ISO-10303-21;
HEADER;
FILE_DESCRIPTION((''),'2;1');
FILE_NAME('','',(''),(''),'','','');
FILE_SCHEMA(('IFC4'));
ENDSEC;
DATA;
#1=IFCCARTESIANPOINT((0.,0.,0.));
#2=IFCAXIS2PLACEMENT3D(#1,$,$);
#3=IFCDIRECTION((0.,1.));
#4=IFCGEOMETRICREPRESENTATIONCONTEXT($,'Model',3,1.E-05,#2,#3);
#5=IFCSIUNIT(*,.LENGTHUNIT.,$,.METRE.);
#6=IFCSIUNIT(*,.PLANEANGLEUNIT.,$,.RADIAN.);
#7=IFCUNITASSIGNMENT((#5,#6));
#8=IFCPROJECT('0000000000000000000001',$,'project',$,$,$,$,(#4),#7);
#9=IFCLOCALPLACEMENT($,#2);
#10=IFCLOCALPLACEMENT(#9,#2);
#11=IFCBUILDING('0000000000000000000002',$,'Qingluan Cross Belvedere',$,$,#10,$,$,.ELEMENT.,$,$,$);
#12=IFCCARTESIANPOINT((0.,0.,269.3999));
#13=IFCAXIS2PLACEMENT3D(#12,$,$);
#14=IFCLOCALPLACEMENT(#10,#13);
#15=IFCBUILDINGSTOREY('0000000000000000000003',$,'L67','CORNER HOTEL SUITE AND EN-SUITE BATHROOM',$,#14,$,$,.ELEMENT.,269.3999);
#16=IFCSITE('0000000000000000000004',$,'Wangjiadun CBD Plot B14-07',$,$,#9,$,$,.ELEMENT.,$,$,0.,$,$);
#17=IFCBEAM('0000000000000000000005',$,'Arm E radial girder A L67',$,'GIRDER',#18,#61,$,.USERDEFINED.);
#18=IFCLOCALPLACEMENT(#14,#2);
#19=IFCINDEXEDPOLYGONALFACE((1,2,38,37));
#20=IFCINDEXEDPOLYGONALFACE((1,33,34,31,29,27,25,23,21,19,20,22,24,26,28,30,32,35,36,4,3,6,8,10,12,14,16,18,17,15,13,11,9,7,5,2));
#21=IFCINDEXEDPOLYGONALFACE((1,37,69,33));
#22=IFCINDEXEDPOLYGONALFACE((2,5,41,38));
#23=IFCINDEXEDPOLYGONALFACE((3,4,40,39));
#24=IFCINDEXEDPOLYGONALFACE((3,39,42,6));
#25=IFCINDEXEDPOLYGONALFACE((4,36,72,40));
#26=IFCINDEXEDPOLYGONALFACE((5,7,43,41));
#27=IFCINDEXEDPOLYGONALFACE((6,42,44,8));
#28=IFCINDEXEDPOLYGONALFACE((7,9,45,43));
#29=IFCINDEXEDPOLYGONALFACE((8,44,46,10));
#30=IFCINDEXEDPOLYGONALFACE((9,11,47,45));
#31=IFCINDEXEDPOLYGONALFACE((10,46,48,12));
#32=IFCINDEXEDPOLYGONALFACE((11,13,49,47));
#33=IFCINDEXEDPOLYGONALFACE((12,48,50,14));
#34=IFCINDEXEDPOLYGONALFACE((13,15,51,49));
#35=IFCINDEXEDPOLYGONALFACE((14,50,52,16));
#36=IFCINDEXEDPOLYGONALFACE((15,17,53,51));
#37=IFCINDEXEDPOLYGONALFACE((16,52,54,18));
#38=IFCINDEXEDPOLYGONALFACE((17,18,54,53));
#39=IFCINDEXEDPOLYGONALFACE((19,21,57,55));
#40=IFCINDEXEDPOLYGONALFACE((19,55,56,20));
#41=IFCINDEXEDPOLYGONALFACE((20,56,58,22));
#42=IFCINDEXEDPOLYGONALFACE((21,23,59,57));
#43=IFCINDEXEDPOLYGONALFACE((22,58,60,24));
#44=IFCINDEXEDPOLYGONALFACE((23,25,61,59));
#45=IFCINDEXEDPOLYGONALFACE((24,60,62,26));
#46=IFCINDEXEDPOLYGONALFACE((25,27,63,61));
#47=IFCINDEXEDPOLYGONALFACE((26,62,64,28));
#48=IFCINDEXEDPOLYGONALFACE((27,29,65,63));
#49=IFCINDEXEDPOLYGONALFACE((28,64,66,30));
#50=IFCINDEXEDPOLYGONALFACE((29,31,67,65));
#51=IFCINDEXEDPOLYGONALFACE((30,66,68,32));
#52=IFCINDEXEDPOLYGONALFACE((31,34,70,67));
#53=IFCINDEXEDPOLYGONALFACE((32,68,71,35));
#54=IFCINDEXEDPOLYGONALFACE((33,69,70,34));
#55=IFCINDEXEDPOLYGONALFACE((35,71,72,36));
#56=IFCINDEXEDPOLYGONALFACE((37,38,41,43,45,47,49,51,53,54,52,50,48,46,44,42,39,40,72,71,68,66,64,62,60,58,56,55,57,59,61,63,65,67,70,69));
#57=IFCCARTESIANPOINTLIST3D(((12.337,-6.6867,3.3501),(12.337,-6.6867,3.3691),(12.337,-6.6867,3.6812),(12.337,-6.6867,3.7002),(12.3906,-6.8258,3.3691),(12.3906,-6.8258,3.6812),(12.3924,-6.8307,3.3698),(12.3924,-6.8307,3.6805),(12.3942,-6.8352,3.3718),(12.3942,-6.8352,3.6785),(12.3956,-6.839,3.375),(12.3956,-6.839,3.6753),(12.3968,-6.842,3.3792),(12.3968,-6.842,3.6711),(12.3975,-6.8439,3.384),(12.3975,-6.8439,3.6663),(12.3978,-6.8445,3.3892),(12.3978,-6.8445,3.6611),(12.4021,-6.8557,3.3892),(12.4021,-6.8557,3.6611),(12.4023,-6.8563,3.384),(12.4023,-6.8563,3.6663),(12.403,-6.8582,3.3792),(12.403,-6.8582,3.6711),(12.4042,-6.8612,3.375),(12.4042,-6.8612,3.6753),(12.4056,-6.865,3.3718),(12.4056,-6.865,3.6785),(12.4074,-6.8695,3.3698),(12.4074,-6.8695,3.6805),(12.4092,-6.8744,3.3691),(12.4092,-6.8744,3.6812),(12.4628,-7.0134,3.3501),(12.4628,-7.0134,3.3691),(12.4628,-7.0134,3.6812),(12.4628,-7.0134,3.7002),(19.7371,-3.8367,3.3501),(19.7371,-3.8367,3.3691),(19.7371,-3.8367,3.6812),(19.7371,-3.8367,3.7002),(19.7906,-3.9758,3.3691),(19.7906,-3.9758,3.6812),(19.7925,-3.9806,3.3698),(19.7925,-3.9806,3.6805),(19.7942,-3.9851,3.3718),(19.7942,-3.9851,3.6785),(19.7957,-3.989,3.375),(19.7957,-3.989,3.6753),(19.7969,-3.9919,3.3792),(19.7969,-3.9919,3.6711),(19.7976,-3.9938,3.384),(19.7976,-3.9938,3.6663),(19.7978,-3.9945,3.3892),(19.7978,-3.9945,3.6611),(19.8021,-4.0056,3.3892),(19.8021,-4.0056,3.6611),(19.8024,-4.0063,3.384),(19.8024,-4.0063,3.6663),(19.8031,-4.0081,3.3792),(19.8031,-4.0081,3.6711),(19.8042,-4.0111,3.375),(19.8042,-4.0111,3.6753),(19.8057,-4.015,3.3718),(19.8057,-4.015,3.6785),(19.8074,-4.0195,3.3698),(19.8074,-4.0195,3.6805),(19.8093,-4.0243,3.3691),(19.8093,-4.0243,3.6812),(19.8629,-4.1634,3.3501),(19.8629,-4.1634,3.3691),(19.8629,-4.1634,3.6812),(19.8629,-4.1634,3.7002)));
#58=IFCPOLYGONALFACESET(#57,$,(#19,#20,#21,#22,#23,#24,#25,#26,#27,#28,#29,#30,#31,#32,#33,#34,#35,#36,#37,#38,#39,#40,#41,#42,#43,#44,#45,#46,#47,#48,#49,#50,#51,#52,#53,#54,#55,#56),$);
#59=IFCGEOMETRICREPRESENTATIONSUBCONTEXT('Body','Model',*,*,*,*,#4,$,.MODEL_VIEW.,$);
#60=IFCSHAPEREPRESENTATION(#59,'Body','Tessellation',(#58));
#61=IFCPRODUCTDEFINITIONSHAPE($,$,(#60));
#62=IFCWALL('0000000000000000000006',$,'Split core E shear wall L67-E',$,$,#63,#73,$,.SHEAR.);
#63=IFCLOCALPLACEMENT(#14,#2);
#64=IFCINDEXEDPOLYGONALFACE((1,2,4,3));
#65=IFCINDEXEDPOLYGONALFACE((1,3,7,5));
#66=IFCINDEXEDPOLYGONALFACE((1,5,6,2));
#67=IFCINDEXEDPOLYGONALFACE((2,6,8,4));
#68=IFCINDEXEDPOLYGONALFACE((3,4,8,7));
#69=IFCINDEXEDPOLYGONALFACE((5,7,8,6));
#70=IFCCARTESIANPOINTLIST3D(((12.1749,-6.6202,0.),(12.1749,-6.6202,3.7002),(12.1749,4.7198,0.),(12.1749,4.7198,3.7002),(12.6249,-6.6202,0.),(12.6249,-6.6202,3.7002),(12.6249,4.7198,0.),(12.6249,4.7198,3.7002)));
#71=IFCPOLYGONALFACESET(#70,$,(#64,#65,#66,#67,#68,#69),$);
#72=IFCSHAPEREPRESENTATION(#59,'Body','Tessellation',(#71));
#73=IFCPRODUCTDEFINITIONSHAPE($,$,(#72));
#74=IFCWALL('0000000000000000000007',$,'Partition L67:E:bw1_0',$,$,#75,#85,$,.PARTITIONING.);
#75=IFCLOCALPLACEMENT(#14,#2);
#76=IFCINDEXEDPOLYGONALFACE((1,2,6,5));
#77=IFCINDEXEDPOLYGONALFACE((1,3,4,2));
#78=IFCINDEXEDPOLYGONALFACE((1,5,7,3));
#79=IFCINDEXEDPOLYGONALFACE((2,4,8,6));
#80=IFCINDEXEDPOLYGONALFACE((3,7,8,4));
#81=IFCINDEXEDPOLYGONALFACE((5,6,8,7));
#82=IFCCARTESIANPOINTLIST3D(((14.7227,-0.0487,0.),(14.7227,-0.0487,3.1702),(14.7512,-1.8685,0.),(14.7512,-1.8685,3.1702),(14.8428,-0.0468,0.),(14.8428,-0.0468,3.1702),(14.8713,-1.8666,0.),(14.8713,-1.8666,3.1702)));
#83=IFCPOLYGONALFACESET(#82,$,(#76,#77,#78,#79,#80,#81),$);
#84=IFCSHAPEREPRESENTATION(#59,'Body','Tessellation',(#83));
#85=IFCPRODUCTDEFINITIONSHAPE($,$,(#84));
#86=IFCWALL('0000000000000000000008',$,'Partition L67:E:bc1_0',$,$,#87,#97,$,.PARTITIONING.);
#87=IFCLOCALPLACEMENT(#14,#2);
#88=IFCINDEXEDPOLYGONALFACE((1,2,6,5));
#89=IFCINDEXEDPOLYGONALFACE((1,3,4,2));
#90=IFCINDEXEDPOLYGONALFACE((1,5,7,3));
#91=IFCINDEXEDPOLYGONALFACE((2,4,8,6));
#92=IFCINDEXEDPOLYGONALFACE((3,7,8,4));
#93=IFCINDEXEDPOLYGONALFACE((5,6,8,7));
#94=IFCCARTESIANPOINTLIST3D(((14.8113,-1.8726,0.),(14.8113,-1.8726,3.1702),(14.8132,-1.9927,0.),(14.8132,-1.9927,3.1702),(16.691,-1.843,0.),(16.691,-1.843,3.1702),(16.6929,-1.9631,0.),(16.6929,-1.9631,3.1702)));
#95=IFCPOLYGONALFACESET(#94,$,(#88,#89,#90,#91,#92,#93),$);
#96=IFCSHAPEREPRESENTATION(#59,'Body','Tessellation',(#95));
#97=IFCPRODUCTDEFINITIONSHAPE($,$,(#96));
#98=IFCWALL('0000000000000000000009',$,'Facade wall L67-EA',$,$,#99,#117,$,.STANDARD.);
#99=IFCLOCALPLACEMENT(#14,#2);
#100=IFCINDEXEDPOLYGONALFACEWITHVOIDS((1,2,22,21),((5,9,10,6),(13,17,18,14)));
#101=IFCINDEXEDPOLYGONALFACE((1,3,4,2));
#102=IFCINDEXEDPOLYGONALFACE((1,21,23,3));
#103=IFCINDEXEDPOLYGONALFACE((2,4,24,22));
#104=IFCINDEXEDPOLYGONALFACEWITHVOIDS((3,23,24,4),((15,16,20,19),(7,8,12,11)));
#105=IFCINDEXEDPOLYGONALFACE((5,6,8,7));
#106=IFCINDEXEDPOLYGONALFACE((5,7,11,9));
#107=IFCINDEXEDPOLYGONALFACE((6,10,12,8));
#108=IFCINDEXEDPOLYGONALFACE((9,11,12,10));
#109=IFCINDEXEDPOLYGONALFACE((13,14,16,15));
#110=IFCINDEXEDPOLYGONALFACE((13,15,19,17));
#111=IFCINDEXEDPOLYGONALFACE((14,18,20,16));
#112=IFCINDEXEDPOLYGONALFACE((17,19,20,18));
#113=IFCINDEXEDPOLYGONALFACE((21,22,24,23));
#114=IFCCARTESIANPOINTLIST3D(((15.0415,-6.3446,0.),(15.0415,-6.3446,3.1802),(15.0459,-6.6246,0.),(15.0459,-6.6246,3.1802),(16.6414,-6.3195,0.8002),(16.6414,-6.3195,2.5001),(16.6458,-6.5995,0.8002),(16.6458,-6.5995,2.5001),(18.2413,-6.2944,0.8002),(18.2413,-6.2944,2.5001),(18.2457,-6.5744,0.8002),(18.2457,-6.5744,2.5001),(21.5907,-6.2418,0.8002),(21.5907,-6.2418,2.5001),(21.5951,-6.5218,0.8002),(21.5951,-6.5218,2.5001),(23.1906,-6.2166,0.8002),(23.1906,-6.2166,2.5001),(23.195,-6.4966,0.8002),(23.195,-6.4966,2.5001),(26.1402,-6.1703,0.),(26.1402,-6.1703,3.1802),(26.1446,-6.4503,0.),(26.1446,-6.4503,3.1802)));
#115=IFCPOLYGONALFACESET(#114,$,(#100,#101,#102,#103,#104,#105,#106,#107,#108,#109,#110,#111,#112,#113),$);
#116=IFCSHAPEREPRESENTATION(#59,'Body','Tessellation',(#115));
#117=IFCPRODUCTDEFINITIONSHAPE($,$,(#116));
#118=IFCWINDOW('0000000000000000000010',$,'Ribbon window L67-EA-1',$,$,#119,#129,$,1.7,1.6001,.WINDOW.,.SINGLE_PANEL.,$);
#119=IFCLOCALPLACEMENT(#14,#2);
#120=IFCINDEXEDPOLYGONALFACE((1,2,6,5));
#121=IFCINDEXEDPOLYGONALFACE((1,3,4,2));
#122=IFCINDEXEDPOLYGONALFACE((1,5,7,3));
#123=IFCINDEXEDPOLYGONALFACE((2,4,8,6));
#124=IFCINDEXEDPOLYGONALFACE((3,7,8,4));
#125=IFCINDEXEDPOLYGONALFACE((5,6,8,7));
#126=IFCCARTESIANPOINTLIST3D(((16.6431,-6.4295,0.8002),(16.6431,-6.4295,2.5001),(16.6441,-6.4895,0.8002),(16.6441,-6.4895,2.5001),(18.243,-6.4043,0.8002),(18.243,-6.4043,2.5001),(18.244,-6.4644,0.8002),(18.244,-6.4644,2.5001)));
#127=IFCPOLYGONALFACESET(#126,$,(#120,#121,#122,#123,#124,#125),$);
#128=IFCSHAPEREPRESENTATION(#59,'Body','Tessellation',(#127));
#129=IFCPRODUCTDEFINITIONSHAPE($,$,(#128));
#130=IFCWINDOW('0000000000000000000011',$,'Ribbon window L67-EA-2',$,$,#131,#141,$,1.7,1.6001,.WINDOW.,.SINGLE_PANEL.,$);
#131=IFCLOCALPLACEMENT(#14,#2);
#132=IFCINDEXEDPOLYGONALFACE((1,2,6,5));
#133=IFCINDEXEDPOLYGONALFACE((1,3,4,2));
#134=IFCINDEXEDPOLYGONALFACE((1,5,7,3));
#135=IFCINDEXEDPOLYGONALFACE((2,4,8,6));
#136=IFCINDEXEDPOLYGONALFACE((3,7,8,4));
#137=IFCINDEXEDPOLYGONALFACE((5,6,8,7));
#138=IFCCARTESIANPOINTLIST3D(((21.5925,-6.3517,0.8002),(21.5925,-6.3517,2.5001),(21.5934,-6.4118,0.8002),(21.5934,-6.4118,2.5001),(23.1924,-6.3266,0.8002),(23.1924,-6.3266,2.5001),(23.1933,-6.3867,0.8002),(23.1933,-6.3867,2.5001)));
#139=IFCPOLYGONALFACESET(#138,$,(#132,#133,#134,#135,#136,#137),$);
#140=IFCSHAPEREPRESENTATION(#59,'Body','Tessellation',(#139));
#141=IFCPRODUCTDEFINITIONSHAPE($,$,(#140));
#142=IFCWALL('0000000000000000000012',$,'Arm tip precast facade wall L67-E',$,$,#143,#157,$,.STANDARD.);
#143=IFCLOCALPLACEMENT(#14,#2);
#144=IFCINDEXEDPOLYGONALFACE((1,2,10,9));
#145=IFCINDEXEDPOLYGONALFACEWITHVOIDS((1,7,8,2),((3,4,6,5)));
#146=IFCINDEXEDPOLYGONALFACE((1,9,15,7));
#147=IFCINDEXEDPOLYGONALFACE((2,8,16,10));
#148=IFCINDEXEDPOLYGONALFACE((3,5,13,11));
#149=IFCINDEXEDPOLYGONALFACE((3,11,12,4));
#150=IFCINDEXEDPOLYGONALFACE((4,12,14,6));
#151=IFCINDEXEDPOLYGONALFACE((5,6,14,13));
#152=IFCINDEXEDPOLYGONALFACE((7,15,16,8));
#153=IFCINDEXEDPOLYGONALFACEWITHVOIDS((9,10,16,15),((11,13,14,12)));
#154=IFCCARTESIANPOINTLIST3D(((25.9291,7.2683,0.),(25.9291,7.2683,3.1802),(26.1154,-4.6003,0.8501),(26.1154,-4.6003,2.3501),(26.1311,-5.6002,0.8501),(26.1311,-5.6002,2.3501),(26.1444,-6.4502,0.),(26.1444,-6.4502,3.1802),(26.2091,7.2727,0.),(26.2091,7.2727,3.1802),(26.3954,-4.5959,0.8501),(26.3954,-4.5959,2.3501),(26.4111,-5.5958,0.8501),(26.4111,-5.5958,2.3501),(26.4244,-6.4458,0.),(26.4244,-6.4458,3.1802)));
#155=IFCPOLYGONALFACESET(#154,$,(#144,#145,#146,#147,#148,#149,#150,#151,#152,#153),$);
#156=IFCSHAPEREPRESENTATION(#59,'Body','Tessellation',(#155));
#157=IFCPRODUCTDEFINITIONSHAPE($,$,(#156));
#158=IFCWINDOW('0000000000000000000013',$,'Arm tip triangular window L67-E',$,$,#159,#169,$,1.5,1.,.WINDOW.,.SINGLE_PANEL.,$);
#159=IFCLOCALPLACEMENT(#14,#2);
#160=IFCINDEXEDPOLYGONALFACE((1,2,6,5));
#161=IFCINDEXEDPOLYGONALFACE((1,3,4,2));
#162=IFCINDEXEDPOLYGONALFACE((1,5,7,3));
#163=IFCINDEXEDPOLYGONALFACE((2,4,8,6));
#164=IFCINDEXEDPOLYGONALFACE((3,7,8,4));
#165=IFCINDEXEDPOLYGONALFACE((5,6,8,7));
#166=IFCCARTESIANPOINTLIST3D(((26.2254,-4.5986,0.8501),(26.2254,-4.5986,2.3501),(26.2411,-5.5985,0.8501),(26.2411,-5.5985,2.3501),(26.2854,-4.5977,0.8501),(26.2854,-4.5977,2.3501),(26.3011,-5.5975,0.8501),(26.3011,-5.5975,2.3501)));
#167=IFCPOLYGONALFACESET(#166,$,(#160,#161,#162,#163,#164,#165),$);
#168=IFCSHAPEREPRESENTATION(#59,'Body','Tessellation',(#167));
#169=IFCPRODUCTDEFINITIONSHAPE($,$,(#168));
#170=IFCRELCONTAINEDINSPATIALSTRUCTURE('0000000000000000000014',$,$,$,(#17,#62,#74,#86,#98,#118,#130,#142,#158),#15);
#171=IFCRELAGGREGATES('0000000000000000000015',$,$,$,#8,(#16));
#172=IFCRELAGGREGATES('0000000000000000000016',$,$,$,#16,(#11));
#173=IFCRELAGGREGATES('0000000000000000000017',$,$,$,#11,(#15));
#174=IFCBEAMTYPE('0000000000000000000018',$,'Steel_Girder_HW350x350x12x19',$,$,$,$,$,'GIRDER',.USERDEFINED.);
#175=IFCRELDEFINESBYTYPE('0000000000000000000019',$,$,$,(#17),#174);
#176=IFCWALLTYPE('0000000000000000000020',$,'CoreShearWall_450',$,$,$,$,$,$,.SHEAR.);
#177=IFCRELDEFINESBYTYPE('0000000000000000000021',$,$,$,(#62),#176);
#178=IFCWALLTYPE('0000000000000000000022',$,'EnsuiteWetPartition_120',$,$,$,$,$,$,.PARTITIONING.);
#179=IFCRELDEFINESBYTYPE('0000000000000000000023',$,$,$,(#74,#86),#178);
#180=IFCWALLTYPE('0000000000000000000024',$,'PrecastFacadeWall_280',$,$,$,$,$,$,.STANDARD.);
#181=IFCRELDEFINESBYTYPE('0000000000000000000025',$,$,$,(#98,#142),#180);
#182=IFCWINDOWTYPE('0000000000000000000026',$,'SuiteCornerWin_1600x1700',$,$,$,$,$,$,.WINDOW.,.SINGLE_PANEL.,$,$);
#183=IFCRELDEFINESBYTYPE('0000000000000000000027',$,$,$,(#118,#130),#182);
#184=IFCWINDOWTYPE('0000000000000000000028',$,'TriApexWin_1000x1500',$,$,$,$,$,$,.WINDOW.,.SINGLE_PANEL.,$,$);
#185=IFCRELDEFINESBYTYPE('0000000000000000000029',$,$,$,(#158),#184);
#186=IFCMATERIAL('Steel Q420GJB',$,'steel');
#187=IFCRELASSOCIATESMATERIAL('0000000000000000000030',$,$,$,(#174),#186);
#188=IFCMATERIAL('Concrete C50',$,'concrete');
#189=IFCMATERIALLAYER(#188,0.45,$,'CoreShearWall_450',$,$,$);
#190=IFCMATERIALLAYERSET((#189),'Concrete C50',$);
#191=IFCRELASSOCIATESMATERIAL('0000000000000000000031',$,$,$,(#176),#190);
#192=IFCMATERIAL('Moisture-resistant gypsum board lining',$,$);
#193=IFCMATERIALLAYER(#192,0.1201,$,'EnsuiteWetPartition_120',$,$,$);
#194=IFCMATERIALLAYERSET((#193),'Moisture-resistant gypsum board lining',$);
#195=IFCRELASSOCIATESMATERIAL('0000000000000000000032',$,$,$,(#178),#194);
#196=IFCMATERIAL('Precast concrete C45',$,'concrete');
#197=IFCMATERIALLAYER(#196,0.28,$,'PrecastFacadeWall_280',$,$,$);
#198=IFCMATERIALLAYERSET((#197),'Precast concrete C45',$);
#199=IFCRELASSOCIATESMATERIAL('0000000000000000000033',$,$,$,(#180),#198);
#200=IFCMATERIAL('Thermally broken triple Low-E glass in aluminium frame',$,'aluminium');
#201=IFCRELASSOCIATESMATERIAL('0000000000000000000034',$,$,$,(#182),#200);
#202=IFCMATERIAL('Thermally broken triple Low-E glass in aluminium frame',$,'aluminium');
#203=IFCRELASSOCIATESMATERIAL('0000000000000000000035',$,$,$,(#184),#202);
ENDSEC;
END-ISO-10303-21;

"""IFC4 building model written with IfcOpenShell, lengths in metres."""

from ifc_helpers import new_model, si_unit, direction, frame, frame_2d, origin, origin_2d, place, context, subcontext, project, spatial, rectangle, i_section, extrude, material, layer, layer_set, material_profile, profile_set, type_object, element, fill, save


model = new_model("IFC4")

# Units and contexts
model_context = context("Model", 3, precision=1e-05, world=origin(), true_north=direction((0.0, 1.0)))
body_context = subcontext(model_context, "Body", "Model", "MODEL_VIEW")
ifc_project = project(units=[si_unit("LENGTHUNIT", "METRE"), si_unit("PLANEANGLEUNIT", "RADIAN")], contexts=[model_context])

# Site, building, storey
site_placement = place(None, origin())
site = spatial("IfcSite", under=ifc_project, at=site_placement, Name="Wangjiadun CBD Plot B14-07", CompositionType="ELEMENT", RefElevation=0.0)
building_placement = place(site_placement, origin())
building = spatial("IfcBuilding", under=site, at=building_placement, Name="Qingluan Cross Belvedere", CompositionType="ELEMENT")
storey_placement = place(building_placement, frame((0.0, 0.0, 269.3999)))
storey = spatial("IfcBuildingStorey", under=building, at=storey_placement, Name="L67", Description="CORNER HOTEL SUITE AND EN-SUITE BATHROOM", CompositionType="ELEMENT", Elevation=269.3999)

# Beam
ifc_material_1 = material(Name="Steel Q420GJB", Category="steel")
ifc_material_profile_1 = material_profile(ifc_material_1, i_section(OverallWidth=0.3501, OverallDepth=0.3501, WebThickness=0.012, FlangeThickness=0.019, FilletRadius=0.02, at=origin_2d()), Name="HW350x350x12x19")
ifc_profile_set_1 = profile_set([ifc_material_profile_1], Name="Steel Q420GJB")
beam_type_1 = type_object("IfcBeamType", Name="Steel_Girder_HW350x350x12x19", ElementType="GIRDER", PredefinedType="USERDEFINED", material=ifc_profile_set_1)
beam_1_placement = place(storey_placement, frame((12.3999, -6.8501, 3.5251), z_axis=(0.933181, 0.359406, 0.0), x_axis=(-0.359406, 0.933181, 0.0)))
element("IfcBeam", 1, at=beam_1_placement, inside=storey, type_object=beam_type_1, Name="Arm E radial girder A L67", ObjectType="GIRDER", PredefinedType="USERDEFINED", context=body_context, shape_type="SweptSolid", body=[
    extrude(i_section(OverallWidth=0.3501, OverallDepth=0.3501, WebThickness=0.012, FlangeThickness=0.019, FilletRadius=0.02, at=origin_2d()), origin(), (0.0, 0.0, 1.0), 7.9299),
])

# Walls
ifc_material_2 = material(Name="Concrete C50", Category="concrete")
ifc_layer_1 = layer(ifc_material_2, 0.45, Name="CoreShearWall_450")
ifc_layer_set_1 = layer_set([ifc_layer_1], Name="Concrete C50")
wall_type_1 = type_object("IfcWallType", Name="CoreShearWall_450", PredefinedType="SHEAR", material=ifc_layer_set_1)
wall_1_placement = place(storey_placement, frame((12.3999, -6.6201, 0.0), z_axis=(0.0, 0.0, 1.0), x_axis=(0.0, 1.0, 0.0)))
element("IfcWall", 2, at=wall_1_placement, inside=storey, type_object=wall_type_1, Name="Split core E shear wall L67-E", PredefinedType="SHEAR", context=body_context, shape_type="SweptSolid", body=[
    extrude(rectangle(XDim=11.3401, YDim=0.45, at=frame_2d((5.6699, 0.0))), origin(), (0.0, 0.0, 1.0), 3.7002),
])
ifc_material_3 = material(Name="Moisture-resistant gypsum board lining")
ifc_layer_2 = layer(ifc_material_3, 0.1201, Name="EnsuiteWetPartition_120")
ifc_layer_set_2 = layer_set([ifc_layer_2], Name="Moisture-resistant gypsum board lining")
wall_type_2 = type_object("IfcWallType", Name="EnsuiteWetPartition_120", PredefinedType="PARTITIONING", material=ifc_layer_set_2)
wall_2_placement = place(storey_placement, frame((14.8113, -1.8677, 0.0), z_axis=(0.0, 0.0, 1.0), x_axis=(-0.015694, 0.999877, 0.0)))
element("IfcWall", 3, at=wall_2_placement, inside=storey, type_object=wall_type_2, Name="Partition L67:E:bw1_0", PredefinedType="PARTITIONING", context=body_context, shape_type="SweptSolid", body=[
    extrude(rectangle(XDim=1.8201, YDim=0.1201, at=frame_2d((0.9102, 0.0))), origin(), (0.0, 0.0, 1.0), 3.1702),
])
wall_3_placement = place(storey_placement, frame((14.8123, -1.9326, 0.0), z_axis=(0.0, 0.0, 1.0), x_axis=(0.999877, 0.015714, 0.0)))
element("IfcWall", 4, at=wall_3_placement, inside=storey, type_object=wall_type_2, Name="Partition L67:E:bc1_0", PredefinedType="PARTITIONING", context=body_context, shape_type="SweptSolid", body=[
    extrude(rectangle(XDim=1.8799, YDim=0.1201, at=frame_2d((0.9399, 0.0))), origin(), (0.0, 0.0, 1.0), 3.1702),
])

# Wall, openings, windows
ifc_material_4 = material(Name="Precast concrete C45", Category="concrete")
ifc_layer_3 = layer(ifc_material_4, 0.28, Name="PrecastFacadeWall_280")
ifc_layer_set_3 = layer_set([ifc_layer_3], Name="Precast concrete C45")
wall_type_3 = type_object("IfcWallType", Name="PrecastFacadeWall_280", PredefinedType="STANDARD", material=ifc_layer_set_3)
wall_4_placement = place(storey_placement, frame((15.0437, -6.4846, 0.0), z_axis=(0.0, 0.0, 1.0), x_axis=(0.999877, 0.015704, 0.0)))
wall_4 = element("IfcWall", 5, at=wall_4_placement, inside=storey, type_object=wall_type_3, Name="Facade wall L67-EA", PredefinedType="STANDARD", context=body_context, shape_type="SweptSolid", body=[
    extrude(rectangle(XDim=11.1001, YDim=0.28, at=frame_2d((5.55, 0.0))), origin(), (0.0, 0.0, 1.0), 3.1802),
])
opening_1_placement = place(wall_4_placement, frame((1.6001, 0.0, 0.8)))
opening_1 = element("IfcOpeningElement", 6, at=opening_1_placement, cuts=wall_4, PredefinedType="OPENING", context=body_context, shape_type="SweptSolid", body=[
    extrude(rectangle(XDim=1.6001, YDim=1.7, at=frame_2d((0.8, 0.8501))), frame((0.0, 0.1499, 0.0), z_axis=(0.0, -1.0, 0.0), x_axis=(1.0, 0.0, 0.0)), (0.0, 0.0, 1.0), 0.3),
])
opening_2_placement = place(wall_4_placement, frame((6.55, 0.0, 0.8)))
opening_2 = element("IfcOpeningElement", 7, at=opening_2_placement, cuts=wall_4, PredefinedType="OPENING", context=body_context, shape_type="SweptSolid", body=[
    extrude(rectangle(XDim=1.6001, YDim=1.7, at=frame_2d((0.8, 0.8501))), frame((0.0, 0.1499, 0.0), z_axis=(0.0, -1.0, 0.0), x_axis=(1.0, 0.0, 0.0)), (0.0, 0.0, 1.0), 0.3),
])
ifc_material_5 = material(Name="Thermally broken triple Low-E glass in aluminium frame", Category="aluminium")
window_type_1 = type_object("IfcWindowType", Name="SuiteCornerWin_1600x1700", PartitioningType="SINGLE_PANEL", PredefinedType="WINDOW", material=ifc_material_5)
window_1_placement = place(opening_1_placement, origin())
window_1 = element("IfcWindow", 8, at=window_1_placement, inside=storey, type_object=window_type_1, Name="Ribbon window L67-EA-1", OverallHeight=1.7, OverallWidth=1.6001, PartitioningType="SINGLE_PANEL", PredefinedType="WINDOW", context=body_context, shape_type="SweptSolid", body=[
    extrude(rectangle(XDim=1.6001, YDim=1.7, at=frame_2d((0.8, 0.8501))), frame((0.0, 0.03, 0.0), z_axis=(0.0, -1.0, 0.0), x_axis=(1.0, 0.0, 0.0)), (0.0, 0.0, 1.0), 0.0601),
])
fill(opening_1, window_1)
window_2_placement = place(opening_2_placement, origin())
window_2 = element("IfcWindow", 9, at=window_2_placement, inside=storey, type_object=window_type_1, Name="Ribbon window L67-EA-2", OverallHeight=1.7, OverallWidth=1.6001, PartitioningType="SINGLE_PANEL", PredefinedType="WINDOW", context=body_context, shape_type="SweptSolid", body=[
    extrude(rectangle(XDim=1.6001, YDim=1.7, at=frame_2d((0.8, 0.8501))), frame((0.0, 0.03, 0.0), z_axis=(0.0, -1.0, 0.0), x_axis=(1.0, 0.0, 0.0)), (0.0, 0.0, 1.0), 0.0601),
])
fill(opening_2, window_2)

# Wall, opening, window
wall_5_placement = place(storey_placement, frame((26.2844, -6.448, 0.0), z_axis=(0.0, 0.0, 1.0), x_axis=(-0.015695, 0.999877, 0.0)))
wall_5 = element("IfcWall", 10, at=wall_5_placement, inside=storey, type_object=wall_type_3, Name="Arm tip precast facade wall L67-E", PredefinedType="STANDARD", context=body_context, shape_type="SweptSolid", body=[
    extrude(rectangle(XDim=13.7202, YDim=0.28, at=frame_2d((6.8601, 0.0))), origin(), (0.0, 0.0, 1.0), 3.1802),
])
opening_3_placement = place(wall_5_placement, frame((0.8501, 0.0, 0.8501)))
opening_3 = element("IfcOpeningElement", 11, at=opening_3_placement, cuts=wall_5, PredefinedType="OPENING", context=body_context, shape_type="SweptSolid", body=[
    extrude(rectangle(XDim=1.0, YDim=1.5, at=frame_2d((0.5, 0.75))), frame((0.0, 0.1499, 0.0), z_axis=(0.0, -1.0, 0.0), x_axis=(1.0, 0.0, 0.0)), (0.0, 0.0, 1.0), 0.3),
])
ifc_material_6 = material(Name="Thermally broken triple Low-E glass in aluminium frame", Category="aluminium")
window_type_2 = type_object("IfcWindowType", Name="TriApexWin_1000x1500", PartitioningType="SINGLE_PANEL", PredefinedType="WINDOW", material=ifc_material_6)
window_3_placement = place(opening_3_placement, origin())
window_3 = element("IfcWindow", 12, at=window_3_placement, inside=storey, type_object=window_type_2, Name="Arm tip triangular window L67-E", OverallHeight=1.5, OverallWidth=1.0, PartitioningType="SINGLE_PANEL", PredefinedType="WINDOW", context=body_context, shape_type="SweptSolid", body=[
    extrude(rectangle(XDim=1.0, YDim=1.5, at=frame_2d((0.5, 0.75))), frame((0.0, 0.03, 0.0), z_axis=(0.0, -1.0, 0.0), x_axis=(1.0, 0.0, 0.0)), (0.0, 0.0, 1.0), 0.0601),
])
fill(opening_3, window_3)

save(model, "model.ifc")
